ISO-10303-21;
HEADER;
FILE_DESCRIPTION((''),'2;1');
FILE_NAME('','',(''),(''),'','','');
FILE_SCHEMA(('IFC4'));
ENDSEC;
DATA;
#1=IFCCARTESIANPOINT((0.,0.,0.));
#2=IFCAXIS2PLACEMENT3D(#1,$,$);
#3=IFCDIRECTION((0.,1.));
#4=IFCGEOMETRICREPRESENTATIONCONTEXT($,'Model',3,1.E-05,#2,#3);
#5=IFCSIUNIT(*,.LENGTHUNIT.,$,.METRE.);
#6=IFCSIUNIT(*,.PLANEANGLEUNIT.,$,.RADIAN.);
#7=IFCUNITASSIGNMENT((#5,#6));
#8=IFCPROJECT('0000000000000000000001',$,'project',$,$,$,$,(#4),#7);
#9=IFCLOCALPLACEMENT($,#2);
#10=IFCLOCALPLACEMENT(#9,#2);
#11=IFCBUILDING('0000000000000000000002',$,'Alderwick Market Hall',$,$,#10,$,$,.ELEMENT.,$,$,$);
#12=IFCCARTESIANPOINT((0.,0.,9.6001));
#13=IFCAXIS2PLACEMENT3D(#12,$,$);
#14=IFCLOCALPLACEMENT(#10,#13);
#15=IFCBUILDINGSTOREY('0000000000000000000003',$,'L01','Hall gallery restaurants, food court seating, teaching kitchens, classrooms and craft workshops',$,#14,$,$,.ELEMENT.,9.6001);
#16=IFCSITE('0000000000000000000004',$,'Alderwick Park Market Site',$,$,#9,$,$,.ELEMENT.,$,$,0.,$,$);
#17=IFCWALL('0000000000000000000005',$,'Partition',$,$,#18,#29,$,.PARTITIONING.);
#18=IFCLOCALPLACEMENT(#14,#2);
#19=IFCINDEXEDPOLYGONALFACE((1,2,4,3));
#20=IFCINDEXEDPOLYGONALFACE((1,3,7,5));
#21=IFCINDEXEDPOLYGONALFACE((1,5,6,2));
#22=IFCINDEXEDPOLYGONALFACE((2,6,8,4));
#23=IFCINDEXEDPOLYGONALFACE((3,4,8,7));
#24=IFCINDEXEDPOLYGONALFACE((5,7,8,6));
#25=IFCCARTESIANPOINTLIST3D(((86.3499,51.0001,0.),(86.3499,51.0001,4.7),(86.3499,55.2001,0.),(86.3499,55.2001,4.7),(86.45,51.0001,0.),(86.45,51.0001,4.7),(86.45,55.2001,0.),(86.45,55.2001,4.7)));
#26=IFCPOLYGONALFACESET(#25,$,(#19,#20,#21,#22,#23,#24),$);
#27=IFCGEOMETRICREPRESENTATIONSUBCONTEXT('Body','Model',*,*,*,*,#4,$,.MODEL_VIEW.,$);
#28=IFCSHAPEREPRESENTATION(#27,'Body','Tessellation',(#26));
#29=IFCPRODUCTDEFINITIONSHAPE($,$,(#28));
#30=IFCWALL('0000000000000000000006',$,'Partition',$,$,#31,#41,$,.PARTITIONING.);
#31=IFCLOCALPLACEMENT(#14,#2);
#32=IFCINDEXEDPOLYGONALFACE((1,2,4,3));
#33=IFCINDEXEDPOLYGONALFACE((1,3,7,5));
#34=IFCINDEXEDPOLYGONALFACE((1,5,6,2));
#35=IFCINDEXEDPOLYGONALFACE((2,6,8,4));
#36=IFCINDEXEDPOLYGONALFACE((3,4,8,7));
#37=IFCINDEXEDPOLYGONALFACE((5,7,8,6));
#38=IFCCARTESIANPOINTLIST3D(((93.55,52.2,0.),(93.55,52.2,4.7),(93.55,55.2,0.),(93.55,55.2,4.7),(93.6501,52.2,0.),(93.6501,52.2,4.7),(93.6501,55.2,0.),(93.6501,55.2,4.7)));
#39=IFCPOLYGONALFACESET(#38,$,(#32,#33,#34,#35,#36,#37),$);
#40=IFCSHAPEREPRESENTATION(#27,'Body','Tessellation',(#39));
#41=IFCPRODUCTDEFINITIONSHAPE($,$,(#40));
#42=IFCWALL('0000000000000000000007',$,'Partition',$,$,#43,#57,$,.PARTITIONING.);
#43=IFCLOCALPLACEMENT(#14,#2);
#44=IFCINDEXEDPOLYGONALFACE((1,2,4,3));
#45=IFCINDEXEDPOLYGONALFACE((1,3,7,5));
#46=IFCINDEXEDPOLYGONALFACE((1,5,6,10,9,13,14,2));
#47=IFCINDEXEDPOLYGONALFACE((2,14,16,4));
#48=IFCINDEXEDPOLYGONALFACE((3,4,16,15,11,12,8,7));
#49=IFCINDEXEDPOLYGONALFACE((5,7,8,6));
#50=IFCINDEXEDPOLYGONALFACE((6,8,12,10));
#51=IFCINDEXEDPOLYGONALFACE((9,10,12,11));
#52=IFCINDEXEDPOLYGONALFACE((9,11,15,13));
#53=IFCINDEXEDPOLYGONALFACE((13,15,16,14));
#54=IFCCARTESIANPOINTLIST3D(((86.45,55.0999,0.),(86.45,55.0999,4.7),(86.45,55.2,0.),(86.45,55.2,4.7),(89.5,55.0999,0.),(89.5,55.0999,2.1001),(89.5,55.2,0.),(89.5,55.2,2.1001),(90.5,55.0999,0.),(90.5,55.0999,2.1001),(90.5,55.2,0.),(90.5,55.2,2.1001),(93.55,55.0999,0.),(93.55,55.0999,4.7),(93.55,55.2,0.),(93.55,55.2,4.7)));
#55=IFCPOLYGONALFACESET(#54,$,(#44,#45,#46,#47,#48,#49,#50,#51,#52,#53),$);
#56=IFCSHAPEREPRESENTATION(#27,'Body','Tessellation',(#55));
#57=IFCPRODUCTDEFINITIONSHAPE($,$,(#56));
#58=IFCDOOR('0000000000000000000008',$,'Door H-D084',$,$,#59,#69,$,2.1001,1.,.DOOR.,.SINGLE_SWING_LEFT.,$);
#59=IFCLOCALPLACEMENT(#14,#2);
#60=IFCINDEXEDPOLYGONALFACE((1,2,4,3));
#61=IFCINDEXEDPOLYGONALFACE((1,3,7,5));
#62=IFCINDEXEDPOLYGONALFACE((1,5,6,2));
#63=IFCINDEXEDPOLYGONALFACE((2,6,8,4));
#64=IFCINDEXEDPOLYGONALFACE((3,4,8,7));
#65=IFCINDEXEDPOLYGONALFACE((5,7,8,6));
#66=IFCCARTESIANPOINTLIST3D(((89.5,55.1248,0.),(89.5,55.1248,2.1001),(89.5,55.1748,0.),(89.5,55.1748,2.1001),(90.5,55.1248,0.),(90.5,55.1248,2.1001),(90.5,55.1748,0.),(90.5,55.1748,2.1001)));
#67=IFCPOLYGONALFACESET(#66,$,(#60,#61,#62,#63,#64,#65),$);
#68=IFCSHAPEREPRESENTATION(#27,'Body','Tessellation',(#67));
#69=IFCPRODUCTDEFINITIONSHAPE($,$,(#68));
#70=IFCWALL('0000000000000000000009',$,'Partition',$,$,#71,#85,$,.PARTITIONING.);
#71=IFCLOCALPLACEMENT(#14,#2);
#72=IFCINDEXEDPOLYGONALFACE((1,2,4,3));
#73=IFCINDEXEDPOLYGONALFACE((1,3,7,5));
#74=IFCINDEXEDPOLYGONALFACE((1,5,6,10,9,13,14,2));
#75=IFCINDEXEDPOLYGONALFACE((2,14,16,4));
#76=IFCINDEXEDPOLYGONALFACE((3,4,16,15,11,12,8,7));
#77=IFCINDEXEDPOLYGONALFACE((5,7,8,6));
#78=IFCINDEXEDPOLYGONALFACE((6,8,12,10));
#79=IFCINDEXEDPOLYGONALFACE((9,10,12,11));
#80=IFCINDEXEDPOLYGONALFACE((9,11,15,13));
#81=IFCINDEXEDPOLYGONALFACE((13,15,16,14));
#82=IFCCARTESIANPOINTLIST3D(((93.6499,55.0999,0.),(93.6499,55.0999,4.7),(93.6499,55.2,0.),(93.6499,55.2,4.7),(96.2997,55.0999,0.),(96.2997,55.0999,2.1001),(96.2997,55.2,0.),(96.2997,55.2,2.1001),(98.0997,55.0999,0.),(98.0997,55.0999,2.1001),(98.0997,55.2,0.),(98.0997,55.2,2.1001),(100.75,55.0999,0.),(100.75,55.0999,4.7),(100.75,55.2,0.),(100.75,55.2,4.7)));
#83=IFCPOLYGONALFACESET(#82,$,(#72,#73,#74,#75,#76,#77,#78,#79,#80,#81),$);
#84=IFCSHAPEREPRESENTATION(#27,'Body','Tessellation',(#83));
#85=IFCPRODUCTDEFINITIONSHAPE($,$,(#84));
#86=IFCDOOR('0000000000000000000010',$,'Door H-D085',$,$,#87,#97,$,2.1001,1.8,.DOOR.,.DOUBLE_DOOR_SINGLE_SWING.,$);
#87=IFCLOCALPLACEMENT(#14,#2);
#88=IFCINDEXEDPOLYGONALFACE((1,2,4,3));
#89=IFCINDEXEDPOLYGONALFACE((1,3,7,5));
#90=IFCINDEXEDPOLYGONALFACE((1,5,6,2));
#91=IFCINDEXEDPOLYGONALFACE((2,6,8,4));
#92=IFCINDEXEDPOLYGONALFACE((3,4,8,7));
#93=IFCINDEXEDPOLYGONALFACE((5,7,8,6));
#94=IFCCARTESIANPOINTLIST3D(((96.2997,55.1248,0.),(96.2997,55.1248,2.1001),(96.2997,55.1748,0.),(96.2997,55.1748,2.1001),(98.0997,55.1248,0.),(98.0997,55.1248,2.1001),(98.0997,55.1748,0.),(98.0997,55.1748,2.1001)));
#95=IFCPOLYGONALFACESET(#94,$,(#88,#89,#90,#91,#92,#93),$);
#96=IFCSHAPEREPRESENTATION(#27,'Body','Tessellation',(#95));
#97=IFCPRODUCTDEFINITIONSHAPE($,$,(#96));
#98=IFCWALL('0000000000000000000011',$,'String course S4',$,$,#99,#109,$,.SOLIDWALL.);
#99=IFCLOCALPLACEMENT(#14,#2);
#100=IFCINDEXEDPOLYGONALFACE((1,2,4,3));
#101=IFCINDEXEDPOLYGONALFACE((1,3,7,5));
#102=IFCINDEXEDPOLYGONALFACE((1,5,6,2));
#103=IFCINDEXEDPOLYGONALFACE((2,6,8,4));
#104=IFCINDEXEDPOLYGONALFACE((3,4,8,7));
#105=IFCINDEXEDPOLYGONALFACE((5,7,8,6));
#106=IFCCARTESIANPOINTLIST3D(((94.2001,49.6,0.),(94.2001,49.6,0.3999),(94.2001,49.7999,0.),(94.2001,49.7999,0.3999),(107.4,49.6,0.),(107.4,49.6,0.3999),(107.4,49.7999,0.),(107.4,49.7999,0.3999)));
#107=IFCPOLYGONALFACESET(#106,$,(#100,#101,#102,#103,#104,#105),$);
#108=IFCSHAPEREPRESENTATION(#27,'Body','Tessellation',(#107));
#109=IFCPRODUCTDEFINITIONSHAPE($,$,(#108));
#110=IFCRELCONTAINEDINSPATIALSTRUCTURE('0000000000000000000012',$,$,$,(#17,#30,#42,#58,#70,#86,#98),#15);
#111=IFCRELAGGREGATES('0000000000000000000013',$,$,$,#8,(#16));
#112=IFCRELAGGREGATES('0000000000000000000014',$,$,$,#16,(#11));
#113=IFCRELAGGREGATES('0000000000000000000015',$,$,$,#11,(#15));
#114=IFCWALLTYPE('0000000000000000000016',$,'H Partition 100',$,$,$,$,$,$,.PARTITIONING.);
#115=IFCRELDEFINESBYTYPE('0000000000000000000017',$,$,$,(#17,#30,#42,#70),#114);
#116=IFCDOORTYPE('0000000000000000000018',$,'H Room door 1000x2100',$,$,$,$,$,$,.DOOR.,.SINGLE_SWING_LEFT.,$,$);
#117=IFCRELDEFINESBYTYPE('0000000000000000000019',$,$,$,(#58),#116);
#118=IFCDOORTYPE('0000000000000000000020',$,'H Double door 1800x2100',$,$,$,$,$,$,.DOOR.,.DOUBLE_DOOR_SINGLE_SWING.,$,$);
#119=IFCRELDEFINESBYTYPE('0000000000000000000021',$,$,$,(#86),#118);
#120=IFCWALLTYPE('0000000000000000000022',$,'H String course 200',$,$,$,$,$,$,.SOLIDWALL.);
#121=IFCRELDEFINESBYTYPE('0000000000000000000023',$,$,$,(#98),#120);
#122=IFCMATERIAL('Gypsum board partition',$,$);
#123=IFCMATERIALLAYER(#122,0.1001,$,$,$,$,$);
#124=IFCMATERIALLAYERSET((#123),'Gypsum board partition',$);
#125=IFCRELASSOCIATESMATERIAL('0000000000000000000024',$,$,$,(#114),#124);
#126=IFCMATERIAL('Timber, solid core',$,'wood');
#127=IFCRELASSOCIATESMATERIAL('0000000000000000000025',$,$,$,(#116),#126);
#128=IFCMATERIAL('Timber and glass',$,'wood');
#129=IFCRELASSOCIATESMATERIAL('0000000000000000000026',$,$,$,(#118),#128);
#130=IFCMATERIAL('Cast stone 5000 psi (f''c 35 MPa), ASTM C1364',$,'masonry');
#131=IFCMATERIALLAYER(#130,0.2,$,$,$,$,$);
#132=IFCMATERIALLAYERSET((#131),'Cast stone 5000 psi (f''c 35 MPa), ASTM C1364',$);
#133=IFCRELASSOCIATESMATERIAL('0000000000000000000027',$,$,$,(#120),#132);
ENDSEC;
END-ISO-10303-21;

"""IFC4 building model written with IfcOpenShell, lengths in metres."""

from ifc_helpers import new_model, si_unit, direction, frame, frame_2d, origin, place, context, subcontext, project, spatial, rectangle, extrude, material, layer, layer_set, type_object, element, fill, save


model = new_model("IFC4")

# Units and contexts
model_context = context("Model", 3, precision=1e-05, world=origin(), true_north=direction((0.0, 1.0)))
body_context = subcontext(model_context, "Body", "Model", "MODEL_VIEW")
ifc_project = project(units=[si_unit("LENGTHUNIT", "METRE"), si_unit("PLANEANGLEUNIT", "RADIAN")], contexts=[model_context])

# Site, building, storey
site_placement = place(None, origin())
site = spatial("IfcSite", under=ifc_project, at=site_placement, Name="Alderwick Park Market Site", CompositionType="ELEMENT", RefElevation=0.0)
building_placement = place(site_placement, origin())
building = spatial("IfcBuilding", under=site, at=building_placement, Name="Alderwick Market Hall", CompositionType="ELEMENT")
storey_placement = place(building_placement, frame((0.0, 0.0, 9.6001)))
storey = spatial("IfcBuildingStorey", under=building, at=storey_placement, Name="L01", Description="Hall gallery restaurants, food court seating, teaching kitchens, classrooms and craft workshops", CompositionType="ELEMENT", Elevation=9.6001)

# Walls
ifc_material_1 = material(Name="Gypsum board partition")
ifc_layer_1 = layer(ifc_material_1, 0.1001)
ifc_layer_set_1 = layer_set([ifc_layer_1], Name="Gypsum board partition")
wall_type_1 = type_object("IfcWallType", Name="H Partition 100", PredefinedType="PARTITIONING", material=ifc_layer_set_1)
wall_1_placement = place(storey_placement, frame((86.3999, 51.0, 0.0), z_axis=(0.0, 0.0, 1.0), x_axis=(0.0, 1.0, 0.0)))
element("IfcWall", 1, at=wall_1_placement, inside=storey, type_object=wall_type_1, Name="Partition", PredefinedType="PARTITIONING", context=body_context, shape_type="SweptSolid", body=[
    extrude(rectangle(XDim=4.2, YDim=0.1001, at=frame_2d((2.1001, 0.0))), origin(), (0.0, 0.0, 1.0), 4.7),
])
wall_2_placement = place(storey_placement, frame((93.6001, 52.2, 0.0), z_axis=(0.0, 0.0, 1.0), x_axis=(0.0, 1.0, 0.0)))
element("IfcWall", 2, at=wall_2_placement, inside=storey, type_object=wall_type_1, Name="Partition", PredefinedType="PARTITIONING", context=body_context, shape_type="SweptSolid", body=[
    extrude(rectangle(XDim=3.0, YDim=0.1001, at=frame_2d((1.5, 0.0))), origin(), (0.0, 0.0, 1.0), 4.7),
])

# Walls, openings, doors
wall_3_placement = place(storey_placement, frame((86.45, 55.1499, 0.0), z_axis=(0.0, 0.0, 1.0), x_axis=(1.0, 0.0, 0.0)))
wall_3 = element("IfcWall", 3, at=wall_3_placement, inside=storey, type_object=wall_type_1, Name="Partition", PredefinedType="PARTITIONING", context=body_context, shape_type="SweptSolid", body=[
    extrude(rectangle(XDim=7.1001, YDim=0.1001, at=frame_2d((3.55, 0.0))), origin(), (0.0, 0.0, 1.0), 4.7),
])
opening_1_placement = place(wall_3_placement, frame((3.05, 0.0, 0.0)))
opening_1 = element("IfcOpeningElement", 4, at=opening_1_placement, cuts=wall_3, PredefinedType="OPENING", context=body_context, shape_type="SweptSolid", body=[
    extrude(rectangle(XDim=1.0, YDim=2.1001, at=frame_2d((0.5, 1.05))), frame((0.0, 0.0601, 0.0), z_axis=(0.0, -1.0, 0.0), x_axis=(1.0, 0.0, 0.0)), (0.0, 0.0, 1.0), 0.1201),
])
ifc_material_2 = material(Name="Timber, solid core", Category="wood")
door_type_1 = type_object("IfcDoorType", Name="H Room door 1000x2100", OperationType="SINGLE_SWING_LEFT", PredefinedType="DOOR", material=ifc_material_2)
door_1_placement = place(opening_1_placement, origin())
door_1 = element("IfcDoor", 5, at=door_1_placement, inside=storey, type_object=door_type_1, Name="Door H-D084", OperationType="SINGLE_SWING_LEFT", OverallHeight=2.1001, OverallWidth=1.0, PredefinedType="DOOR", context=body_context, shape_type="SweptSolid", body=[
    extrude(rectangle(XDim=1.0, YDim=2.1001, at=frame_2d((0.5, 1.05))), frame((0.0, 0.0249, 0.0), z_axis=(0.0, -1.0, 0.0), x_axis=(1.0, 0.0, 0.0)), (0.0, 0.0, 1.0), 0.05),
])
fill(opening_1, door_1)
wall_4_placement = place(storey_placement, frame((93.6499, 55.1499, 0.0), z_axis=(0.0, 0.0, 1.0), x_axis=(1.0, 0.0, 0.0)))
wall_4 = element("IfcWall", 6, at=wall_4_placement, inside=storey, type_object=wall_type_1, Name="Partition", PredefinedType="PARTITIONING", context=body_context, shape_type="SweptSolid", body=[
    extrude(rectangle(XDim=7.1001, YDim=0.1001, at=frame_2d((3.55, 0.0))), origin(), (0.0, 0.0, 1.0), 4.7),
])
opening_2_placement = place(wall_4_placement, frame((2.6499, 0.0, 0.0)))
opening_2 = element("IfcOpeningElement", 7, at=opening_2_placement, cuts=wall_4, PredefinedType="OPENING", context=body_context, shape_type="SweptSolid", body=[
    extrude(rectangle(XDim=1.8, YDim=2.1001, at=frame_2d((0.8999, 1.05))), frame((0.0, 0.0601, 0.0), z_axis=(0.0, -1.0, 0.0), x_axis=(1.0, 0.0, 0.0)), (0.0, 0.0, 1.0), 0.1201),
])
ifc_material_3 = material(Name="Timber and glass", Category="wood")
door_type_2 = type_object("IfcDoorType", Name="H Double door 1800x2100", OperationType="DOUBLE_DOOR_SINGLE_SWING", PredefinedType="DOOR", material=ifc_material_3)
door_2_placement = place(opening_2_placement, origin())
door_2 = element("IfcDoor", 8, at=door_2_placement, inside=storey, type_object=door_type_2, Name="Door H-D085", OperationType="DOUBLE_DOOR_SINGLE_SWING", OverallHeight=2.1001, OverallWidth=1.8, PredefinedType="DOOR", context=body_context, shape_type="SweptSolid", body=[
    extrude(rectangle(XDim=1.8, YDim=2.1001, at=frame_2d((0.8999, 1.05))), frame((0.0, 0.0249, 0.0), z_axis=(0.0, -1.0, 0.0), x_axis=(1.0, 0.0, 0.0)), (0.0, 0.0, 1.0), 0.05),
])
fill(opening_2, door_2)

# Wall
ifc_material_4 = material(Name="Cast stone 5000 psi (f'c 35 MPa), ASTM C1364", Category="masonry")
ifc_layer_2 = layer(ifc_material_4, 0.2)
ifc_layer_set_2 = layer_set([ifc_layer_2], Name="Cast stone 5000 psi (f'c 35 MPa), ASTM C1364")
wall_type_2 = type_object("IfcWallType", Name="H String course 200", PredefinedType="SOLIDWALL", material=ifc_layer_set_2)
wall_5_placement = place(storey_placement, frame((94.2, 49.7, 0.0), z_axis=(0.0, 0.0, 1.0), x_axis=(1.0, 0.0, 0.0)))
element("IfcWall", 9, at=wall_5_placement, inside=storey, type_object=wall_type_2, Name="String course S4", PredefinedType="SOLIDWALL", context=body_context, shape_type="SweptSolid", body=[
    extrude(rectangle(XDim=13.2, YDim=0.2, at=frame_2d((6.6001, 0.0))), origin(), (0.0, 0.0, 1.0), 0.3999),
])

save(model, "model.ifc")
